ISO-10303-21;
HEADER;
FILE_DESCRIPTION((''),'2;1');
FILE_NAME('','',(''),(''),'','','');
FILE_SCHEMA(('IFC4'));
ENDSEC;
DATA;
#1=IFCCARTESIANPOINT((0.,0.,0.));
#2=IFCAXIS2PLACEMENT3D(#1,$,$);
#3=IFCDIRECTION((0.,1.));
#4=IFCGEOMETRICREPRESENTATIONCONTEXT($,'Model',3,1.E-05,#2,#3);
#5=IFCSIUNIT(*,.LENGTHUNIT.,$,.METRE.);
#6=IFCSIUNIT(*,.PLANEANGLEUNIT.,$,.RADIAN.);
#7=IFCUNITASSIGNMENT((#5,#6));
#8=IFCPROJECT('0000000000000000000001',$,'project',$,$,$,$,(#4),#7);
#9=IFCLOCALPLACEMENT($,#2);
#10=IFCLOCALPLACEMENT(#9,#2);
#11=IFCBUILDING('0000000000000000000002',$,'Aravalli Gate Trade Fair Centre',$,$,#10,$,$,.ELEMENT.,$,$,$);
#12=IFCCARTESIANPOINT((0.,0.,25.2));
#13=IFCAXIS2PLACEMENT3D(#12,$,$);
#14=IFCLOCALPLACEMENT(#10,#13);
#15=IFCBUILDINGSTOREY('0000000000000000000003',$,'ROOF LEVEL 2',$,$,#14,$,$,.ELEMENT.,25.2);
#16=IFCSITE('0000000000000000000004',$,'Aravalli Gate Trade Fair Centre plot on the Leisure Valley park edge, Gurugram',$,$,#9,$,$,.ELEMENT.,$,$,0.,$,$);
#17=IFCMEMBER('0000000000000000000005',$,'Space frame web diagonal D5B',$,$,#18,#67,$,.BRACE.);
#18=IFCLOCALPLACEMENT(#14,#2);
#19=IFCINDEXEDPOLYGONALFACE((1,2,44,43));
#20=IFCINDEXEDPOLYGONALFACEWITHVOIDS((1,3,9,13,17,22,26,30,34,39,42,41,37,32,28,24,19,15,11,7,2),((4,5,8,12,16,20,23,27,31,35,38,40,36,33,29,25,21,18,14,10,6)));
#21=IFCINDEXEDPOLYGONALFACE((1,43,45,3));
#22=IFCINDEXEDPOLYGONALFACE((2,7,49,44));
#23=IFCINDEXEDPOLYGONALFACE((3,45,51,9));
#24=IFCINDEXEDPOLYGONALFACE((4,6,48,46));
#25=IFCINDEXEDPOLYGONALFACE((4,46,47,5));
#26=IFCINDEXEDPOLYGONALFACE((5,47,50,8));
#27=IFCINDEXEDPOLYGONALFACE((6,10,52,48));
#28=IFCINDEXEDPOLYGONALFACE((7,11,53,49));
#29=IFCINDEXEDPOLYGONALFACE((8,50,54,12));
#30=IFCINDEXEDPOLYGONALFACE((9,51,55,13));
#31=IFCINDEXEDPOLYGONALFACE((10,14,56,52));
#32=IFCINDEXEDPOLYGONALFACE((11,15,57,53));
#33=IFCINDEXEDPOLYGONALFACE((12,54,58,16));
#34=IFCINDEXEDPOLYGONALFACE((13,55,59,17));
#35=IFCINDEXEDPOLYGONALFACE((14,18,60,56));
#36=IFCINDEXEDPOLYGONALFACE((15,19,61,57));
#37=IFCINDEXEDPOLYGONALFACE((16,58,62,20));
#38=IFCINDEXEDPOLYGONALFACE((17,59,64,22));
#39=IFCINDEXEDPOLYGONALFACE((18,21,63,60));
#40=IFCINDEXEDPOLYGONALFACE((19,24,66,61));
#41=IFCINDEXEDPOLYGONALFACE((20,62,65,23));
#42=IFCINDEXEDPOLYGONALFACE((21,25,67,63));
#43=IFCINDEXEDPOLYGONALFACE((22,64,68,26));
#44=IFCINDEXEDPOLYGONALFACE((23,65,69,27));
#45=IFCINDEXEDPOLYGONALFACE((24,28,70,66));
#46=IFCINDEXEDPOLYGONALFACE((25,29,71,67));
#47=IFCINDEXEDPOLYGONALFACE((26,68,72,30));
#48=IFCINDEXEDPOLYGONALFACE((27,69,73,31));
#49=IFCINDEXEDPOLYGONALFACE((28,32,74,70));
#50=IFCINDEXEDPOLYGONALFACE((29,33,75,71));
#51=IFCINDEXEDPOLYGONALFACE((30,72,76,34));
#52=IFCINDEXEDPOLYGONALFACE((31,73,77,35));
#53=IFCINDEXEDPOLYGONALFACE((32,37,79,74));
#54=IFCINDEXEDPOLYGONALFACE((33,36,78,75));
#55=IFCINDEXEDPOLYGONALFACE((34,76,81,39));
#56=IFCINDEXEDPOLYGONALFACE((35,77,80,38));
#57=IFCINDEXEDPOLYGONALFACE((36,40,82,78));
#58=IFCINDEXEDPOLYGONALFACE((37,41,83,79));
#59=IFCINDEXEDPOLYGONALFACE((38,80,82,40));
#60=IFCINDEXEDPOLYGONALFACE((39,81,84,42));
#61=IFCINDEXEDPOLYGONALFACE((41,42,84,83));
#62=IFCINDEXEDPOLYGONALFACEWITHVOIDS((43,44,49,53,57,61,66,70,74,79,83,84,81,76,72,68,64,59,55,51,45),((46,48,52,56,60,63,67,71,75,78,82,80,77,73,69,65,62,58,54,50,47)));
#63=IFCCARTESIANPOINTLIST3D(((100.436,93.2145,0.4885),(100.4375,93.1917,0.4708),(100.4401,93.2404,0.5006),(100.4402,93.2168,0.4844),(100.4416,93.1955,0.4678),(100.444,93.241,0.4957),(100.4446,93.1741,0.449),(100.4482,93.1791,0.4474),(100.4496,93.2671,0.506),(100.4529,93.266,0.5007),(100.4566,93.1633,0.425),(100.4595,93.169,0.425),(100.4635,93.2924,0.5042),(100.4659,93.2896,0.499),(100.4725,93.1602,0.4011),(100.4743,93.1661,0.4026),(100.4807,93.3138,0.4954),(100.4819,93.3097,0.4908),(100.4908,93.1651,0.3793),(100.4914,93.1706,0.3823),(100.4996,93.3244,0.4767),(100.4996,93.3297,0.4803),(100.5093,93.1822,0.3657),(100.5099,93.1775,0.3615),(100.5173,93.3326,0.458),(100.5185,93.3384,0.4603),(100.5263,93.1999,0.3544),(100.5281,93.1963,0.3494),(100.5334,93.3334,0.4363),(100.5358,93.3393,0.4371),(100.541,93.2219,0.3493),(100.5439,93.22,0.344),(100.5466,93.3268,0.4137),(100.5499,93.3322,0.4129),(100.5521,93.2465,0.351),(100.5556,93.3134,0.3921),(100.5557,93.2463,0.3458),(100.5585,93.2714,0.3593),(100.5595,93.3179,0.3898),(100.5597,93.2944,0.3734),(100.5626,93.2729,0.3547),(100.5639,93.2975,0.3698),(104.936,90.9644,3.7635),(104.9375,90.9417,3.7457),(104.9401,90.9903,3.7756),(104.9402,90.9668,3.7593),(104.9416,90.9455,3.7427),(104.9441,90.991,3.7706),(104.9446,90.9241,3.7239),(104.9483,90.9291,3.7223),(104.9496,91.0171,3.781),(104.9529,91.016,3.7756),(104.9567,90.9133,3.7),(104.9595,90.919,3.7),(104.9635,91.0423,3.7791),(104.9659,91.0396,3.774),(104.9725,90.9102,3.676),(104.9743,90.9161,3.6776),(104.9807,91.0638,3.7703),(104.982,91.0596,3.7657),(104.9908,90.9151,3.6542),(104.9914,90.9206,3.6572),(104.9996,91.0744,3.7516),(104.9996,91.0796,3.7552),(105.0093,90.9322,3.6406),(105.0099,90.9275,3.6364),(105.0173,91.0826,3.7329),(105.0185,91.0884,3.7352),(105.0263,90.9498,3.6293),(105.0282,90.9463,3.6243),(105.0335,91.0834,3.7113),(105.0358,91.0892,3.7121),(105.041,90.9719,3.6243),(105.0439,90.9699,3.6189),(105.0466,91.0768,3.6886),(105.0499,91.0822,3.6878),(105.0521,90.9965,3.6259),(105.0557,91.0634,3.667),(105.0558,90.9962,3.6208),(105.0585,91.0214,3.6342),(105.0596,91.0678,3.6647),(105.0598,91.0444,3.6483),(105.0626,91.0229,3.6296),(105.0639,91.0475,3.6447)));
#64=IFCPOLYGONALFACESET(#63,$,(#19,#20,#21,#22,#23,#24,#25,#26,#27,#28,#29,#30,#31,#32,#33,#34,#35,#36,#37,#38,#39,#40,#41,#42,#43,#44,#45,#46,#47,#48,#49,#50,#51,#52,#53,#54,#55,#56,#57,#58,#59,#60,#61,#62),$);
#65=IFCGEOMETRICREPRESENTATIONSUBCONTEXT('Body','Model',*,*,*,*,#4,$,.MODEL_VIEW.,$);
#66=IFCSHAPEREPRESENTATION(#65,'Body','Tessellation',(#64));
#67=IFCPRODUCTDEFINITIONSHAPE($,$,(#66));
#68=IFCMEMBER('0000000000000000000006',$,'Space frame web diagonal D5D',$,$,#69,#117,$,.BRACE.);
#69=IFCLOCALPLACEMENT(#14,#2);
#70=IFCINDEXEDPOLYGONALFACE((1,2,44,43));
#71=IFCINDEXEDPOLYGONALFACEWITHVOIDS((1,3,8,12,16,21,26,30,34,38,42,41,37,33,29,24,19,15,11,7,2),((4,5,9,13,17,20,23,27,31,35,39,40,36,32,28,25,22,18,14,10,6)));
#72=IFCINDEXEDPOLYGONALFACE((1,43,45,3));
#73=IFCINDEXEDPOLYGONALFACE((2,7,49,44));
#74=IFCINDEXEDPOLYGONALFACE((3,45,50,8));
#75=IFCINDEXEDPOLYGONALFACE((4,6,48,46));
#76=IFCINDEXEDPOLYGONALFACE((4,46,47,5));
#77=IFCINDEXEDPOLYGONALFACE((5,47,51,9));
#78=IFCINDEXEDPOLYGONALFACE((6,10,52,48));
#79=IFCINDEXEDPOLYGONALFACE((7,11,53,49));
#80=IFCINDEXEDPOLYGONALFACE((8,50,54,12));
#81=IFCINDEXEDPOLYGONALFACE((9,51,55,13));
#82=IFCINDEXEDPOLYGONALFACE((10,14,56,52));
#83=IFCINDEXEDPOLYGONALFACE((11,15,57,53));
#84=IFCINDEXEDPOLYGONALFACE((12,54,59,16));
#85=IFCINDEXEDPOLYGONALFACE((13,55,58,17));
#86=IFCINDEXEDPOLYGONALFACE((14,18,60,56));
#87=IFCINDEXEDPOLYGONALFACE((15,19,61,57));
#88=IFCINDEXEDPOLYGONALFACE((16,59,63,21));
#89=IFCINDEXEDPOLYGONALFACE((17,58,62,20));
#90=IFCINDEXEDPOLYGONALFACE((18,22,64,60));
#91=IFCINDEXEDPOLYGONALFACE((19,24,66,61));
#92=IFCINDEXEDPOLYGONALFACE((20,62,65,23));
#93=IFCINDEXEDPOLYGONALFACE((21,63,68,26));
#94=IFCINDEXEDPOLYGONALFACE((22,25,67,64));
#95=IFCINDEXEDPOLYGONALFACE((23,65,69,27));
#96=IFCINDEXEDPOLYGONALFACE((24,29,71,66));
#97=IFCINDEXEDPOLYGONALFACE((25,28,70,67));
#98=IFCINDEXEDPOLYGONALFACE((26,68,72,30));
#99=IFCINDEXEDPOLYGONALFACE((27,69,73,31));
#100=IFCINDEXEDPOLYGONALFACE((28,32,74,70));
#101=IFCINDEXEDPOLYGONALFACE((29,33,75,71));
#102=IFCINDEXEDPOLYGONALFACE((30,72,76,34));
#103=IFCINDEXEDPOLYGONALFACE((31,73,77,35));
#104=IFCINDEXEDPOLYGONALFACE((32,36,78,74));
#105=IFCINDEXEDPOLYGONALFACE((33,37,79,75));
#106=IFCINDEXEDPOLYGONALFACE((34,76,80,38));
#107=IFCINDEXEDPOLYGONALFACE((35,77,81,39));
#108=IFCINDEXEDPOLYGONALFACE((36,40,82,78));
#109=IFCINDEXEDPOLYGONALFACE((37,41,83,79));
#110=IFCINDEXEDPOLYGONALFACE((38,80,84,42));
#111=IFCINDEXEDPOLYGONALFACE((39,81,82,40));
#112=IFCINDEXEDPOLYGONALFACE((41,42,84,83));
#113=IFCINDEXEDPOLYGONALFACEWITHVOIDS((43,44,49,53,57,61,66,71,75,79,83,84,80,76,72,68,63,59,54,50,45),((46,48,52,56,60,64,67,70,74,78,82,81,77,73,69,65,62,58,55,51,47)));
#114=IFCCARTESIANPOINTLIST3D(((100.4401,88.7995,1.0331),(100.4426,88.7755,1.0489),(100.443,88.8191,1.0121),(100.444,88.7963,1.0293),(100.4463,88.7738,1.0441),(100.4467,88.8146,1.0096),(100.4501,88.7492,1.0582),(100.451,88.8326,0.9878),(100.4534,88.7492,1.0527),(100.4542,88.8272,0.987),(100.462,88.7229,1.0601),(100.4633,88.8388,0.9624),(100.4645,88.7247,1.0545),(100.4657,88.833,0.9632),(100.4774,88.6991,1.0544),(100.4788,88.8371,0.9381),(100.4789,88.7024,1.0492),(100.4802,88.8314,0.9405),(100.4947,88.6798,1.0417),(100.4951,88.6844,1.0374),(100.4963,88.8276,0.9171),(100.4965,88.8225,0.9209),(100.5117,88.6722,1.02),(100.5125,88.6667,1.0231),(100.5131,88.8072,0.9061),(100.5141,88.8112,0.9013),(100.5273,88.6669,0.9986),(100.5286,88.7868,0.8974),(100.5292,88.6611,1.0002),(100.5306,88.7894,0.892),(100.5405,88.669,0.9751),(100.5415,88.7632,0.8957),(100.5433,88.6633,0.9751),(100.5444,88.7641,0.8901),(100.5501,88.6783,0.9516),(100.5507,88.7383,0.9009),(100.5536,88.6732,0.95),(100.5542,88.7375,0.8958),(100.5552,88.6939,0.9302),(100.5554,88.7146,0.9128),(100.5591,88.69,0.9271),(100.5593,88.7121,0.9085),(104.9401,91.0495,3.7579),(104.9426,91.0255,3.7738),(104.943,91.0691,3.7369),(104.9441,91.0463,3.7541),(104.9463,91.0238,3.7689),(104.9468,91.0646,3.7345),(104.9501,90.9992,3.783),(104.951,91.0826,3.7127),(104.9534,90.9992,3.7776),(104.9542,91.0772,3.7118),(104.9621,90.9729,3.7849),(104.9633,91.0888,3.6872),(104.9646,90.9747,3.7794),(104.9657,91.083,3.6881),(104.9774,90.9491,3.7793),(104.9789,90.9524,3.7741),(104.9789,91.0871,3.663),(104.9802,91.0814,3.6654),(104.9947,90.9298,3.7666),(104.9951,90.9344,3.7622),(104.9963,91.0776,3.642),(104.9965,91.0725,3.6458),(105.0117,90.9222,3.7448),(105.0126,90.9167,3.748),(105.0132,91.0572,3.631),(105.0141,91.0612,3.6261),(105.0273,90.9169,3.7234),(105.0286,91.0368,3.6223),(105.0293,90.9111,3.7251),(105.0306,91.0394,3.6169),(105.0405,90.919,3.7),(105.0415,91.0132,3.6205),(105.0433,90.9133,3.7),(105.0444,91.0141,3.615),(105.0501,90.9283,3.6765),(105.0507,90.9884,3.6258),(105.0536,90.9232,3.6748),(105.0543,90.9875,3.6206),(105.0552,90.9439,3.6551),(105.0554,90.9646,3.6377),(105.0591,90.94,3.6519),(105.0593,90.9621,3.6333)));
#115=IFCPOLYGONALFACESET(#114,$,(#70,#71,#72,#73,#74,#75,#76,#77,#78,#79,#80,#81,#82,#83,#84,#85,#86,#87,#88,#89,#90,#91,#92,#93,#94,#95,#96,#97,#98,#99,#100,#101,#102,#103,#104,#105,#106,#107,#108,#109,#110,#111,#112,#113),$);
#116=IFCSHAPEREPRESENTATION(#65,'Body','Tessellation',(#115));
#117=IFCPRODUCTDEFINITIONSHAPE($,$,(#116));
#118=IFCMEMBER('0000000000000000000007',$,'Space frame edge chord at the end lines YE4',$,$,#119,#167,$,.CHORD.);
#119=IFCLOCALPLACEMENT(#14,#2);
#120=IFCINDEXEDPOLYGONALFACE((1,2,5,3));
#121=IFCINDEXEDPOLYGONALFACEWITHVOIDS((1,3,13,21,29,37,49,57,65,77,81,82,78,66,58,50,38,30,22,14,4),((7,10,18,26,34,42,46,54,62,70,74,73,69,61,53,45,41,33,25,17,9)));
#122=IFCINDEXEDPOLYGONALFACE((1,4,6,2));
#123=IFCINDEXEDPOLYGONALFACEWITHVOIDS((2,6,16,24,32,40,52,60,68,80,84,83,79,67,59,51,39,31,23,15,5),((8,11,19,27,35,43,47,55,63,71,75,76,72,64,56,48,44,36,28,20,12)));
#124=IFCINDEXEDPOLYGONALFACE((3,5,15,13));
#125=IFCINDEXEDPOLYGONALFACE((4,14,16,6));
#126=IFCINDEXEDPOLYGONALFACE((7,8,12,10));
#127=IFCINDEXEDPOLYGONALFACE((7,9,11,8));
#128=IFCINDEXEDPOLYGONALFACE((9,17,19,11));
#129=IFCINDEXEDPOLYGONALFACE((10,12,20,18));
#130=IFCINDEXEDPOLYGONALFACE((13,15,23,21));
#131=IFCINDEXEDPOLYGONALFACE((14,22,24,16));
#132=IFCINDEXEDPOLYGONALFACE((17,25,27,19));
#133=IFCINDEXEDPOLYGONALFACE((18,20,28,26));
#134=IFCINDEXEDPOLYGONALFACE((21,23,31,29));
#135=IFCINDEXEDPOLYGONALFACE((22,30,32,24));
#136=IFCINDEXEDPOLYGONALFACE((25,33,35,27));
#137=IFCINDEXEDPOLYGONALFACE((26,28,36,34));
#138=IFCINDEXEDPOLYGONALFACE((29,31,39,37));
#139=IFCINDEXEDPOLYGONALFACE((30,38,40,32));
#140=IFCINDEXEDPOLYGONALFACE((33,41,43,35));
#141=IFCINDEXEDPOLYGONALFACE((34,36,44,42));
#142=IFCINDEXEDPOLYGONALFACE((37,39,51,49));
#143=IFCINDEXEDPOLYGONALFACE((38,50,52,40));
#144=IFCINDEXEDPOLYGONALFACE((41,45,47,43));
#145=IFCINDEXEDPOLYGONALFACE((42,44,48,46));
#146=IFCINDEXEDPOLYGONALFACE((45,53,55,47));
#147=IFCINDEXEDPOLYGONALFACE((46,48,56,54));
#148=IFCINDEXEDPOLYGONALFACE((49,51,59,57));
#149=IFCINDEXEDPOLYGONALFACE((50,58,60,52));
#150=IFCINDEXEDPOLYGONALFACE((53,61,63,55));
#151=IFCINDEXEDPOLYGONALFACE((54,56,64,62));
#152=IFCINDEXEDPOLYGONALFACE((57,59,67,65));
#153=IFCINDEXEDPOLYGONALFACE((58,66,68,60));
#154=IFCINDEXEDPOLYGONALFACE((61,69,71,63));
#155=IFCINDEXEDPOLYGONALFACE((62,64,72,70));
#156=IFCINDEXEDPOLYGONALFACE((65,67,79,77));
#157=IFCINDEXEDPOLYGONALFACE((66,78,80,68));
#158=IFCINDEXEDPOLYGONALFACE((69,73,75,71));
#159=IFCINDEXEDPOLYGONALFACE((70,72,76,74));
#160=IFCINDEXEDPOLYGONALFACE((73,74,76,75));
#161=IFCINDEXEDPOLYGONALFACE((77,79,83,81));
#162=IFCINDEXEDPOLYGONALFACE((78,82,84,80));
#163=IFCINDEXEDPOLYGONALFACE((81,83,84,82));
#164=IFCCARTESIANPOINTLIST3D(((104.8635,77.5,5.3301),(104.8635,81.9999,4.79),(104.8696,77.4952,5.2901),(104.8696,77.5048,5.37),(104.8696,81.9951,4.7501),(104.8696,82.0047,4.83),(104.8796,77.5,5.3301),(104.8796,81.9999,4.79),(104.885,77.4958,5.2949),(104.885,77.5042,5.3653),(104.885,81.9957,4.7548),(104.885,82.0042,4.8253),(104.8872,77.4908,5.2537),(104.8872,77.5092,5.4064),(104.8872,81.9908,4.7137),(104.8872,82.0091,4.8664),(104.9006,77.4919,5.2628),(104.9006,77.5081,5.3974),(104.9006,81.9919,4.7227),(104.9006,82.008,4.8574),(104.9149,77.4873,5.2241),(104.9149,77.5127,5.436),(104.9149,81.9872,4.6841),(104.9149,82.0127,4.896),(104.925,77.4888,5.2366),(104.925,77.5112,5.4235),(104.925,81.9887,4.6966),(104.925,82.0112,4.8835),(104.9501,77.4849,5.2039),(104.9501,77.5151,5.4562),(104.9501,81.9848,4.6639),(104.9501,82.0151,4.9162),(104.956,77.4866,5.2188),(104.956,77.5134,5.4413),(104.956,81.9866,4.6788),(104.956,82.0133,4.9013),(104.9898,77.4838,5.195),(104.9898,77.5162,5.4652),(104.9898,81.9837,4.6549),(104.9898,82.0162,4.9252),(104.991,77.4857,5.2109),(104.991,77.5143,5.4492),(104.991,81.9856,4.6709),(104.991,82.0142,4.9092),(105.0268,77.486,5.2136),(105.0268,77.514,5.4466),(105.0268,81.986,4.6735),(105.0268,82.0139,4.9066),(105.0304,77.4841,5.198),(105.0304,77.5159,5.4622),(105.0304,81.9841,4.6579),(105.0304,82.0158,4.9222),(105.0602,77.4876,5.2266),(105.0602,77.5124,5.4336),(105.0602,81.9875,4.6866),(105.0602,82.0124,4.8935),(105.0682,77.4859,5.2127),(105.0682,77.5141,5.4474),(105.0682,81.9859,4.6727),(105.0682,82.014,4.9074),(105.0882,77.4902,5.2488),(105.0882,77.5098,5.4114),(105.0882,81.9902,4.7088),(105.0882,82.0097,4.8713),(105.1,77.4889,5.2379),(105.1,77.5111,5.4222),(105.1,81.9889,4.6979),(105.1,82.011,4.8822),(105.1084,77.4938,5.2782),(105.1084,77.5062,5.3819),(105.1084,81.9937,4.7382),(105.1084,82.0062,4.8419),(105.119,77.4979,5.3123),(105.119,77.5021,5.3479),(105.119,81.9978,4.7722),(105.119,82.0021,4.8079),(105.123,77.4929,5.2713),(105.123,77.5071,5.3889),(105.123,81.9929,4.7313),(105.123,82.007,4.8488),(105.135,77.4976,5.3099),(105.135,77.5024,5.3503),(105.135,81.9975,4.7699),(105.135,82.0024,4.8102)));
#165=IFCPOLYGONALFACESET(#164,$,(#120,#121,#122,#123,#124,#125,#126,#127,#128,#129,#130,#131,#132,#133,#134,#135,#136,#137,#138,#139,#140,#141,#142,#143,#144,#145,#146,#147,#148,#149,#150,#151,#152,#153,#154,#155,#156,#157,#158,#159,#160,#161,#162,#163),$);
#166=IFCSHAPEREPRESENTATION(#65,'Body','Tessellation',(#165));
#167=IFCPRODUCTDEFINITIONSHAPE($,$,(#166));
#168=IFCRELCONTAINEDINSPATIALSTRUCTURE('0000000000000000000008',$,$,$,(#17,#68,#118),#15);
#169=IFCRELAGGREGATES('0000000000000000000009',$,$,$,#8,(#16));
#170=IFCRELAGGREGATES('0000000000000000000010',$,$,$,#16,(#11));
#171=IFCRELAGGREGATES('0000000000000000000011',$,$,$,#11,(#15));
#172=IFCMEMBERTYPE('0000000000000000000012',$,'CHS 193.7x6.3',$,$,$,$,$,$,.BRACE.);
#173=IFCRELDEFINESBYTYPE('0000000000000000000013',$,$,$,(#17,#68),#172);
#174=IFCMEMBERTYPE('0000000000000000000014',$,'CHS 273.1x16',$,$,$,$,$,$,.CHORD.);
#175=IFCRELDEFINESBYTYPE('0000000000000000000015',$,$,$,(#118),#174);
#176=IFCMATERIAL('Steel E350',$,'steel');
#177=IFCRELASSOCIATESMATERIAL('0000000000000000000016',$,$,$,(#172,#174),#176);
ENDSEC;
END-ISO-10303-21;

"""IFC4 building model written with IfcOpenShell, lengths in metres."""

from ifc_helpers import new_model, si_unit, direction, frame, origin, origin_2d, place, context, subcontext, project, spatial, hollow_circle, extrude, material, material_profile, profile_set, type_object, element, save


model = new_model("IFC4")

# Units and contexts
model_context = context("Model", 3, precision=1e-05, world=origin(), true_north=direction((0.0, 1.0)))
body_context = subcontext(model_context, "Body", "Model", "MODEL_VIEW")
ifc_project = project(units=[si_unit("LENGTHUNIT", "METRE"), si_unit("PLANEANGLEUNIT", "RADIAN")], contexts=[model_context])

# Site, building, storey
site_placement = place(None, origin())
site = spatial("IfcSite", under=ifc_project, at=site_placement, Name="Aravalli Gate Trade Fair Centre plot on the Leisure Valley park edge, Gurugram", CompositionType="ELEMENT", RefElevation=0.0)
building_placement = place(site_placement, origin())
building = spatial("IfcBuilding", under=site, at=building_placement, Name="Aravalli Gate Trade Fair Centre", CompositionType="ELEMENT")
storey_placement = place(building_placement, frame((0.0, 0.0, 25.2)))
storey = spatial("IfcBuildingStorey", under=building, at=storey_placement, Name="ROOF LEVEL 2", CompositionType="ELEMENT", Elevation=25.2)

# Members
ifc_material_1 = material(Name="Steel E350", Category="steel")
ifc_material_profile_1 = material_profile(ifc_material_1, hollow_circle(Radius=0.0969, WallThickness=0.0063, at=origin_2d()), Name="CHS 193.7x6.3")
ifc_profile_set_1 = profile_set([ifc_material_profile_1], Name="Steel E350")
member_type_1 = type_object("IfcMemberType", Name="CHS 193.7x6.3", PredefinedType="BRACE", material=ifc_profile_set_1)
for number, where, z_axis, x_axis, name in (
    (1, (105.0, 91.0, 3.7), (-0.74961, 0.374805, -0.545533), (-0.447214, -0.894427, 0.0), "Space frame web diagonal D5B"),
):
    element("IfcMember", number, at=place(storey_placement, frame(where, z_axis=z_axis, x_axis=x_axis)), inside=storey, type_object=member_type_1, Name=name, PredefinedType="BRACE", context=body_context, shape_type="SweptSolid", body=[
        extrude(hollow_circle(Radius=0.0969, WallThickness=0.0063, at=origin_2d()), origin(), (0.0, 0.0, 1.0), 6.0032),
    ])
member_1_placement = place(storey_placement, frame((105.0, 91.0, 3.7), z_axis=(-0.786486, -0.393243, -0.476235), x_axis=(0.447214, -0.894427, 0.0)))
element("IfcMember", 2, at=member_1_placement, inside=storey, type_object=member_type_1, Name="Space frame web diagonal D5D", PredefinedType="BRACE", context=body_context, shape_type="SweptSolid", body=[
    extrude(hollow_circle(Radius=0.0969, WallThickness=0.0063, at=origin_2d()), origin(), (0.0, 0.0, 1.0), 5.7217),
])
ifc_material_profile_2 = material_profile(ifc_material_1, hollow_circle(Radius=0.1365, WallThickness=0.0161, at=origin_2d()), Name="CHS 273.1x16")
ifc_profile_set_2 = profile_set([ifc_material_profile_2], Name="Steel E350")
member_type_2 = type_object("IfcMemberType", Name="CHS 273.1x16", PredefinedType="CHORD", material=ifc_profile_set_2)
for number, where, z_axis, x_axis, name in (
    (3, (105.0, 77.5, 5.3301), (0.0, 0.992876, -0.119154), (-1.0, 0.0, 0.0), "Space frame edge chord at the end lines YE4"),
):
    element("IfcMember", number, at=place(storey_placement, frame(where, z_axis=z_axis, x_axis=x_axis)), inside=storey, type_object=member_type_2, Name=name, PredefinedType="CHORD", context=body_context, shape_type="SweptSolid", body=[
        extrude(hollow_circle(Radius=0.1365, WallThickness=0.0161, at=origin_2d()), origin(), (0.0, 0.0, 1.0), 4.5322),
    ])

save(model, "model.ifc")
